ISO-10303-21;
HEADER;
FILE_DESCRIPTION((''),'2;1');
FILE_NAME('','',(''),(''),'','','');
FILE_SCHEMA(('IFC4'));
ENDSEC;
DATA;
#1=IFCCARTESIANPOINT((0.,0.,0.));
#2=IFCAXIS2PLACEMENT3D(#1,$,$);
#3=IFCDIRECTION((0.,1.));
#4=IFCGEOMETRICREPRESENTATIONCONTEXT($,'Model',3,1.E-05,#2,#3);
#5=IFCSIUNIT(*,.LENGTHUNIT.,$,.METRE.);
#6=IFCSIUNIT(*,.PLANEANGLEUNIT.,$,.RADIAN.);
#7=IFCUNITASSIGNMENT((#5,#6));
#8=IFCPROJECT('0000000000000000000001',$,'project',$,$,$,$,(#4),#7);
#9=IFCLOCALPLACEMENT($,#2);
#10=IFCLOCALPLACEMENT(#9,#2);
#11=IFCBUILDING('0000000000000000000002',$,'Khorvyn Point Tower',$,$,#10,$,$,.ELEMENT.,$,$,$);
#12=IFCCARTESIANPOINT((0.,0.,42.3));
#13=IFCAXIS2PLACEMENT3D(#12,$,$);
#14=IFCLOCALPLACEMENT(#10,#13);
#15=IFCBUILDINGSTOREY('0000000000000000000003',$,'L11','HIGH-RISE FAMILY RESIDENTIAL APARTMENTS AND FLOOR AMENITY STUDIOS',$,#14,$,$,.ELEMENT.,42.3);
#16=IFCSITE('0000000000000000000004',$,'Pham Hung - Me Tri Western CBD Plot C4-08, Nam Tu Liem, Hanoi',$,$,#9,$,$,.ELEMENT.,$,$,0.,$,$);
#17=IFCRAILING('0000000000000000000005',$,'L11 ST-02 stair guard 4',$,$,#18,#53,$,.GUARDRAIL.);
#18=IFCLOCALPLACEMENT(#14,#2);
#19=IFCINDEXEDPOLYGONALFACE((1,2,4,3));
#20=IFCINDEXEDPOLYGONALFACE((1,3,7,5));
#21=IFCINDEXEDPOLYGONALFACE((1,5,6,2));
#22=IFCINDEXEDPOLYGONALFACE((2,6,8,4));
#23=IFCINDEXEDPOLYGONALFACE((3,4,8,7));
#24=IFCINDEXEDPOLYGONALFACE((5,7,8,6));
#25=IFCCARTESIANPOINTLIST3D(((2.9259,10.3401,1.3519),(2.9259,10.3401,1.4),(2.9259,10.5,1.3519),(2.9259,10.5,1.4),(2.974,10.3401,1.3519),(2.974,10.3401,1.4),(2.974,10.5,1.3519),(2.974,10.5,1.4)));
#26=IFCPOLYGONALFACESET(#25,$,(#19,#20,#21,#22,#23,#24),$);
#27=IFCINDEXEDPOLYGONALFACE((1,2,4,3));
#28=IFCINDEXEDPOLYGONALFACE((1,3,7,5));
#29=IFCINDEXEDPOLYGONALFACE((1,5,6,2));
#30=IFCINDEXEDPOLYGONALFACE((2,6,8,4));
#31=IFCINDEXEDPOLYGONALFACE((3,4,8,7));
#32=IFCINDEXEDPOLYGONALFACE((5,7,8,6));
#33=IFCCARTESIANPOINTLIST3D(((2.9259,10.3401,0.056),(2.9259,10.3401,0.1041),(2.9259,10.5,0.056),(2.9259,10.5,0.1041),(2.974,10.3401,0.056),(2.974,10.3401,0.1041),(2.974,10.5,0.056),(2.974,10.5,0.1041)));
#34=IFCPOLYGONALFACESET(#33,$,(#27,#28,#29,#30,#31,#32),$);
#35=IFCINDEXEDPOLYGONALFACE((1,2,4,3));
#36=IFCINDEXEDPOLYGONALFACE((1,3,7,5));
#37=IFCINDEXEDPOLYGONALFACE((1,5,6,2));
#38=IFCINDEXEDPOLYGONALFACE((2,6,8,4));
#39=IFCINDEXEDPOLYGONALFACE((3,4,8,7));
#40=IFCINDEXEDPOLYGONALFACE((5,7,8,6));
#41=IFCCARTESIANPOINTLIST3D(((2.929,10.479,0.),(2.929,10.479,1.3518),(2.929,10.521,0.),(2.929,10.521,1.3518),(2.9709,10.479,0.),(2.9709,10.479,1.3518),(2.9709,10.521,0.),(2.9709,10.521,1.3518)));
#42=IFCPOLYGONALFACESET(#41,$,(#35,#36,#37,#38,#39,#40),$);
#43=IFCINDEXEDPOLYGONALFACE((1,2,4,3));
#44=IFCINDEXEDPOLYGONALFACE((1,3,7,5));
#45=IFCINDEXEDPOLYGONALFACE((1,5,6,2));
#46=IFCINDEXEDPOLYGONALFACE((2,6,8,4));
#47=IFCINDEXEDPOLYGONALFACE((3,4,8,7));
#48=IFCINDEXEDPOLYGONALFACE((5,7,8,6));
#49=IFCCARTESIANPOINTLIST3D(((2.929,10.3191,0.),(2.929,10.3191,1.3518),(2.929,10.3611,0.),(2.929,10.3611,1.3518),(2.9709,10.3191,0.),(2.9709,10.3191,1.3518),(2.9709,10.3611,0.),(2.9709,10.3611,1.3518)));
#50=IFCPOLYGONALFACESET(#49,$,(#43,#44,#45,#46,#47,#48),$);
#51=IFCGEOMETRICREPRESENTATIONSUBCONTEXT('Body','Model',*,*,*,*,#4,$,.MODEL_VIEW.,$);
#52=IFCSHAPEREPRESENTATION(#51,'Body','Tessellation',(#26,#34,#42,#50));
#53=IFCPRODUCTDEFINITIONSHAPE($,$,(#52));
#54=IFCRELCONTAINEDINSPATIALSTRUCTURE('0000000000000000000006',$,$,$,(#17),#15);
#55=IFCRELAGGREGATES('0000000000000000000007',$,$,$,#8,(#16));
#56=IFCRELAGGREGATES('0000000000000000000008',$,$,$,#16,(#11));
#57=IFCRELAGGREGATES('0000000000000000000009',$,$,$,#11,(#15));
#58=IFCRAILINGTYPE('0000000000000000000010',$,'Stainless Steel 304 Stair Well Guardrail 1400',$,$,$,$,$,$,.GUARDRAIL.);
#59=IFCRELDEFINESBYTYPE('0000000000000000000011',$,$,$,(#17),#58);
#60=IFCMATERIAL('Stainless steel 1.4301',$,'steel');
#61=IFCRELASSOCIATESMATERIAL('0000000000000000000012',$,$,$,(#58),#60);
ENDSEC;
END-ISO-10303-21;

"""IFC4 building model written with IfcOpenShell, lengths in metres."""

from ifc_helpers import new_model, si_unit, direction, frame, origin, origin_2d, place, context, subcontext, project, spatial, rectangle, extrude, material, type_object, element, save


model = new_model("IFC4")

# Units and contexts
model_context = context("Model", 3, precision=1e-05, world=origin(), true_north=direction((0.0, 1.0)))
body_context = subcontext(model_context, "Body", "Model", "MODEL_VIEW")
ifc_project = project(units=[si_unit("LENGTHUNIT", "METRE"), si_unit("PLANEANGLEUNIT", "RADIAN")], contexts=[model_context])

# Site, building, storey
site_placement = place(None, origin())
site = spatial("IfcSite", under=ifc_project, at=site_placement, Name="Pham Hung - Me Tri Western CBD Plot C4-08, Nam Tu Liem, Hanoi", CompositionType="ELEMENT", RefElevation=0.0)
building_placement = place(site_placement, origin())
building = spatial("IfcBuilding", under=site, at=building_placement, Name="Khorvyn Point Tower", CompositionType="ELEMENT")
storey_placement = place(building_placement, frame((0.0, 0.0, 42.3)))
storey = spatial("IfcBuildingStorey", under=building, at=storey_placement, Name="L11", Description="HIGH-RISE FAMILY RESIDENTIAL APARTMENTS AND FLOOR AMENITY STUDIOS", CompositionType="ELEMENT", Elevation=42.3)

# Shared definitions
ifc_material_1 = material(Name="Stainless steel 1.4301", Category="steel")

# Railing
railing_type_1 = type_object("IfcRailingType", Name="Stainless Steel 304 Stair Well Guardrail 1400", PredefinedType="GUARDRAIL", material=ifc_material_1)
railing_1_placement = place(storey_placement, frame((2.95, 10.5, 0.0)))
element("IfcRailing", 1, at=railing_1_placement, inside=storey, type_object=railing_type_1, Name="L11 ST-02 stair guard 4", PredefinedType="GUARDRAIL", context=body_context, shape_type="SweptSolid", body=[
    extrude(rectangle(XDim=0.0481, YDim=0.0481, at=origin_2d()), frame((0.0, 0.0, 1.376), z_axis=(0.0, -1.0, 0.0), x_axis=(1.0, 0.0, 0.0)), (0.0, 0.0, 1.0), 0.1599),
    extrude(rectangle(XDim=0.0481, YDim=0.0481, at=origin_2d()), frame((0.0, 0.0, 0.0801), z_axis=(0.0, -1.0, 0.0), x_axis=(1.0, 0.0, 0.0)), (0.0, 0.0, 1.0), 0.1599),
    extrude(rectangle(XDim=0.042, YDim=0.042, at=origin_2d()), origin(), (0.0, 0.0, 1.0), 1.3518),
    extrude(rectangle(XDim=0.042, YDim=0.042, at=origin_2d()), frame((0.0, -0.1599, 0.0)), (0.0, 0.0, 1.0), 1.3518),
])

save(model, "model.ifc")
